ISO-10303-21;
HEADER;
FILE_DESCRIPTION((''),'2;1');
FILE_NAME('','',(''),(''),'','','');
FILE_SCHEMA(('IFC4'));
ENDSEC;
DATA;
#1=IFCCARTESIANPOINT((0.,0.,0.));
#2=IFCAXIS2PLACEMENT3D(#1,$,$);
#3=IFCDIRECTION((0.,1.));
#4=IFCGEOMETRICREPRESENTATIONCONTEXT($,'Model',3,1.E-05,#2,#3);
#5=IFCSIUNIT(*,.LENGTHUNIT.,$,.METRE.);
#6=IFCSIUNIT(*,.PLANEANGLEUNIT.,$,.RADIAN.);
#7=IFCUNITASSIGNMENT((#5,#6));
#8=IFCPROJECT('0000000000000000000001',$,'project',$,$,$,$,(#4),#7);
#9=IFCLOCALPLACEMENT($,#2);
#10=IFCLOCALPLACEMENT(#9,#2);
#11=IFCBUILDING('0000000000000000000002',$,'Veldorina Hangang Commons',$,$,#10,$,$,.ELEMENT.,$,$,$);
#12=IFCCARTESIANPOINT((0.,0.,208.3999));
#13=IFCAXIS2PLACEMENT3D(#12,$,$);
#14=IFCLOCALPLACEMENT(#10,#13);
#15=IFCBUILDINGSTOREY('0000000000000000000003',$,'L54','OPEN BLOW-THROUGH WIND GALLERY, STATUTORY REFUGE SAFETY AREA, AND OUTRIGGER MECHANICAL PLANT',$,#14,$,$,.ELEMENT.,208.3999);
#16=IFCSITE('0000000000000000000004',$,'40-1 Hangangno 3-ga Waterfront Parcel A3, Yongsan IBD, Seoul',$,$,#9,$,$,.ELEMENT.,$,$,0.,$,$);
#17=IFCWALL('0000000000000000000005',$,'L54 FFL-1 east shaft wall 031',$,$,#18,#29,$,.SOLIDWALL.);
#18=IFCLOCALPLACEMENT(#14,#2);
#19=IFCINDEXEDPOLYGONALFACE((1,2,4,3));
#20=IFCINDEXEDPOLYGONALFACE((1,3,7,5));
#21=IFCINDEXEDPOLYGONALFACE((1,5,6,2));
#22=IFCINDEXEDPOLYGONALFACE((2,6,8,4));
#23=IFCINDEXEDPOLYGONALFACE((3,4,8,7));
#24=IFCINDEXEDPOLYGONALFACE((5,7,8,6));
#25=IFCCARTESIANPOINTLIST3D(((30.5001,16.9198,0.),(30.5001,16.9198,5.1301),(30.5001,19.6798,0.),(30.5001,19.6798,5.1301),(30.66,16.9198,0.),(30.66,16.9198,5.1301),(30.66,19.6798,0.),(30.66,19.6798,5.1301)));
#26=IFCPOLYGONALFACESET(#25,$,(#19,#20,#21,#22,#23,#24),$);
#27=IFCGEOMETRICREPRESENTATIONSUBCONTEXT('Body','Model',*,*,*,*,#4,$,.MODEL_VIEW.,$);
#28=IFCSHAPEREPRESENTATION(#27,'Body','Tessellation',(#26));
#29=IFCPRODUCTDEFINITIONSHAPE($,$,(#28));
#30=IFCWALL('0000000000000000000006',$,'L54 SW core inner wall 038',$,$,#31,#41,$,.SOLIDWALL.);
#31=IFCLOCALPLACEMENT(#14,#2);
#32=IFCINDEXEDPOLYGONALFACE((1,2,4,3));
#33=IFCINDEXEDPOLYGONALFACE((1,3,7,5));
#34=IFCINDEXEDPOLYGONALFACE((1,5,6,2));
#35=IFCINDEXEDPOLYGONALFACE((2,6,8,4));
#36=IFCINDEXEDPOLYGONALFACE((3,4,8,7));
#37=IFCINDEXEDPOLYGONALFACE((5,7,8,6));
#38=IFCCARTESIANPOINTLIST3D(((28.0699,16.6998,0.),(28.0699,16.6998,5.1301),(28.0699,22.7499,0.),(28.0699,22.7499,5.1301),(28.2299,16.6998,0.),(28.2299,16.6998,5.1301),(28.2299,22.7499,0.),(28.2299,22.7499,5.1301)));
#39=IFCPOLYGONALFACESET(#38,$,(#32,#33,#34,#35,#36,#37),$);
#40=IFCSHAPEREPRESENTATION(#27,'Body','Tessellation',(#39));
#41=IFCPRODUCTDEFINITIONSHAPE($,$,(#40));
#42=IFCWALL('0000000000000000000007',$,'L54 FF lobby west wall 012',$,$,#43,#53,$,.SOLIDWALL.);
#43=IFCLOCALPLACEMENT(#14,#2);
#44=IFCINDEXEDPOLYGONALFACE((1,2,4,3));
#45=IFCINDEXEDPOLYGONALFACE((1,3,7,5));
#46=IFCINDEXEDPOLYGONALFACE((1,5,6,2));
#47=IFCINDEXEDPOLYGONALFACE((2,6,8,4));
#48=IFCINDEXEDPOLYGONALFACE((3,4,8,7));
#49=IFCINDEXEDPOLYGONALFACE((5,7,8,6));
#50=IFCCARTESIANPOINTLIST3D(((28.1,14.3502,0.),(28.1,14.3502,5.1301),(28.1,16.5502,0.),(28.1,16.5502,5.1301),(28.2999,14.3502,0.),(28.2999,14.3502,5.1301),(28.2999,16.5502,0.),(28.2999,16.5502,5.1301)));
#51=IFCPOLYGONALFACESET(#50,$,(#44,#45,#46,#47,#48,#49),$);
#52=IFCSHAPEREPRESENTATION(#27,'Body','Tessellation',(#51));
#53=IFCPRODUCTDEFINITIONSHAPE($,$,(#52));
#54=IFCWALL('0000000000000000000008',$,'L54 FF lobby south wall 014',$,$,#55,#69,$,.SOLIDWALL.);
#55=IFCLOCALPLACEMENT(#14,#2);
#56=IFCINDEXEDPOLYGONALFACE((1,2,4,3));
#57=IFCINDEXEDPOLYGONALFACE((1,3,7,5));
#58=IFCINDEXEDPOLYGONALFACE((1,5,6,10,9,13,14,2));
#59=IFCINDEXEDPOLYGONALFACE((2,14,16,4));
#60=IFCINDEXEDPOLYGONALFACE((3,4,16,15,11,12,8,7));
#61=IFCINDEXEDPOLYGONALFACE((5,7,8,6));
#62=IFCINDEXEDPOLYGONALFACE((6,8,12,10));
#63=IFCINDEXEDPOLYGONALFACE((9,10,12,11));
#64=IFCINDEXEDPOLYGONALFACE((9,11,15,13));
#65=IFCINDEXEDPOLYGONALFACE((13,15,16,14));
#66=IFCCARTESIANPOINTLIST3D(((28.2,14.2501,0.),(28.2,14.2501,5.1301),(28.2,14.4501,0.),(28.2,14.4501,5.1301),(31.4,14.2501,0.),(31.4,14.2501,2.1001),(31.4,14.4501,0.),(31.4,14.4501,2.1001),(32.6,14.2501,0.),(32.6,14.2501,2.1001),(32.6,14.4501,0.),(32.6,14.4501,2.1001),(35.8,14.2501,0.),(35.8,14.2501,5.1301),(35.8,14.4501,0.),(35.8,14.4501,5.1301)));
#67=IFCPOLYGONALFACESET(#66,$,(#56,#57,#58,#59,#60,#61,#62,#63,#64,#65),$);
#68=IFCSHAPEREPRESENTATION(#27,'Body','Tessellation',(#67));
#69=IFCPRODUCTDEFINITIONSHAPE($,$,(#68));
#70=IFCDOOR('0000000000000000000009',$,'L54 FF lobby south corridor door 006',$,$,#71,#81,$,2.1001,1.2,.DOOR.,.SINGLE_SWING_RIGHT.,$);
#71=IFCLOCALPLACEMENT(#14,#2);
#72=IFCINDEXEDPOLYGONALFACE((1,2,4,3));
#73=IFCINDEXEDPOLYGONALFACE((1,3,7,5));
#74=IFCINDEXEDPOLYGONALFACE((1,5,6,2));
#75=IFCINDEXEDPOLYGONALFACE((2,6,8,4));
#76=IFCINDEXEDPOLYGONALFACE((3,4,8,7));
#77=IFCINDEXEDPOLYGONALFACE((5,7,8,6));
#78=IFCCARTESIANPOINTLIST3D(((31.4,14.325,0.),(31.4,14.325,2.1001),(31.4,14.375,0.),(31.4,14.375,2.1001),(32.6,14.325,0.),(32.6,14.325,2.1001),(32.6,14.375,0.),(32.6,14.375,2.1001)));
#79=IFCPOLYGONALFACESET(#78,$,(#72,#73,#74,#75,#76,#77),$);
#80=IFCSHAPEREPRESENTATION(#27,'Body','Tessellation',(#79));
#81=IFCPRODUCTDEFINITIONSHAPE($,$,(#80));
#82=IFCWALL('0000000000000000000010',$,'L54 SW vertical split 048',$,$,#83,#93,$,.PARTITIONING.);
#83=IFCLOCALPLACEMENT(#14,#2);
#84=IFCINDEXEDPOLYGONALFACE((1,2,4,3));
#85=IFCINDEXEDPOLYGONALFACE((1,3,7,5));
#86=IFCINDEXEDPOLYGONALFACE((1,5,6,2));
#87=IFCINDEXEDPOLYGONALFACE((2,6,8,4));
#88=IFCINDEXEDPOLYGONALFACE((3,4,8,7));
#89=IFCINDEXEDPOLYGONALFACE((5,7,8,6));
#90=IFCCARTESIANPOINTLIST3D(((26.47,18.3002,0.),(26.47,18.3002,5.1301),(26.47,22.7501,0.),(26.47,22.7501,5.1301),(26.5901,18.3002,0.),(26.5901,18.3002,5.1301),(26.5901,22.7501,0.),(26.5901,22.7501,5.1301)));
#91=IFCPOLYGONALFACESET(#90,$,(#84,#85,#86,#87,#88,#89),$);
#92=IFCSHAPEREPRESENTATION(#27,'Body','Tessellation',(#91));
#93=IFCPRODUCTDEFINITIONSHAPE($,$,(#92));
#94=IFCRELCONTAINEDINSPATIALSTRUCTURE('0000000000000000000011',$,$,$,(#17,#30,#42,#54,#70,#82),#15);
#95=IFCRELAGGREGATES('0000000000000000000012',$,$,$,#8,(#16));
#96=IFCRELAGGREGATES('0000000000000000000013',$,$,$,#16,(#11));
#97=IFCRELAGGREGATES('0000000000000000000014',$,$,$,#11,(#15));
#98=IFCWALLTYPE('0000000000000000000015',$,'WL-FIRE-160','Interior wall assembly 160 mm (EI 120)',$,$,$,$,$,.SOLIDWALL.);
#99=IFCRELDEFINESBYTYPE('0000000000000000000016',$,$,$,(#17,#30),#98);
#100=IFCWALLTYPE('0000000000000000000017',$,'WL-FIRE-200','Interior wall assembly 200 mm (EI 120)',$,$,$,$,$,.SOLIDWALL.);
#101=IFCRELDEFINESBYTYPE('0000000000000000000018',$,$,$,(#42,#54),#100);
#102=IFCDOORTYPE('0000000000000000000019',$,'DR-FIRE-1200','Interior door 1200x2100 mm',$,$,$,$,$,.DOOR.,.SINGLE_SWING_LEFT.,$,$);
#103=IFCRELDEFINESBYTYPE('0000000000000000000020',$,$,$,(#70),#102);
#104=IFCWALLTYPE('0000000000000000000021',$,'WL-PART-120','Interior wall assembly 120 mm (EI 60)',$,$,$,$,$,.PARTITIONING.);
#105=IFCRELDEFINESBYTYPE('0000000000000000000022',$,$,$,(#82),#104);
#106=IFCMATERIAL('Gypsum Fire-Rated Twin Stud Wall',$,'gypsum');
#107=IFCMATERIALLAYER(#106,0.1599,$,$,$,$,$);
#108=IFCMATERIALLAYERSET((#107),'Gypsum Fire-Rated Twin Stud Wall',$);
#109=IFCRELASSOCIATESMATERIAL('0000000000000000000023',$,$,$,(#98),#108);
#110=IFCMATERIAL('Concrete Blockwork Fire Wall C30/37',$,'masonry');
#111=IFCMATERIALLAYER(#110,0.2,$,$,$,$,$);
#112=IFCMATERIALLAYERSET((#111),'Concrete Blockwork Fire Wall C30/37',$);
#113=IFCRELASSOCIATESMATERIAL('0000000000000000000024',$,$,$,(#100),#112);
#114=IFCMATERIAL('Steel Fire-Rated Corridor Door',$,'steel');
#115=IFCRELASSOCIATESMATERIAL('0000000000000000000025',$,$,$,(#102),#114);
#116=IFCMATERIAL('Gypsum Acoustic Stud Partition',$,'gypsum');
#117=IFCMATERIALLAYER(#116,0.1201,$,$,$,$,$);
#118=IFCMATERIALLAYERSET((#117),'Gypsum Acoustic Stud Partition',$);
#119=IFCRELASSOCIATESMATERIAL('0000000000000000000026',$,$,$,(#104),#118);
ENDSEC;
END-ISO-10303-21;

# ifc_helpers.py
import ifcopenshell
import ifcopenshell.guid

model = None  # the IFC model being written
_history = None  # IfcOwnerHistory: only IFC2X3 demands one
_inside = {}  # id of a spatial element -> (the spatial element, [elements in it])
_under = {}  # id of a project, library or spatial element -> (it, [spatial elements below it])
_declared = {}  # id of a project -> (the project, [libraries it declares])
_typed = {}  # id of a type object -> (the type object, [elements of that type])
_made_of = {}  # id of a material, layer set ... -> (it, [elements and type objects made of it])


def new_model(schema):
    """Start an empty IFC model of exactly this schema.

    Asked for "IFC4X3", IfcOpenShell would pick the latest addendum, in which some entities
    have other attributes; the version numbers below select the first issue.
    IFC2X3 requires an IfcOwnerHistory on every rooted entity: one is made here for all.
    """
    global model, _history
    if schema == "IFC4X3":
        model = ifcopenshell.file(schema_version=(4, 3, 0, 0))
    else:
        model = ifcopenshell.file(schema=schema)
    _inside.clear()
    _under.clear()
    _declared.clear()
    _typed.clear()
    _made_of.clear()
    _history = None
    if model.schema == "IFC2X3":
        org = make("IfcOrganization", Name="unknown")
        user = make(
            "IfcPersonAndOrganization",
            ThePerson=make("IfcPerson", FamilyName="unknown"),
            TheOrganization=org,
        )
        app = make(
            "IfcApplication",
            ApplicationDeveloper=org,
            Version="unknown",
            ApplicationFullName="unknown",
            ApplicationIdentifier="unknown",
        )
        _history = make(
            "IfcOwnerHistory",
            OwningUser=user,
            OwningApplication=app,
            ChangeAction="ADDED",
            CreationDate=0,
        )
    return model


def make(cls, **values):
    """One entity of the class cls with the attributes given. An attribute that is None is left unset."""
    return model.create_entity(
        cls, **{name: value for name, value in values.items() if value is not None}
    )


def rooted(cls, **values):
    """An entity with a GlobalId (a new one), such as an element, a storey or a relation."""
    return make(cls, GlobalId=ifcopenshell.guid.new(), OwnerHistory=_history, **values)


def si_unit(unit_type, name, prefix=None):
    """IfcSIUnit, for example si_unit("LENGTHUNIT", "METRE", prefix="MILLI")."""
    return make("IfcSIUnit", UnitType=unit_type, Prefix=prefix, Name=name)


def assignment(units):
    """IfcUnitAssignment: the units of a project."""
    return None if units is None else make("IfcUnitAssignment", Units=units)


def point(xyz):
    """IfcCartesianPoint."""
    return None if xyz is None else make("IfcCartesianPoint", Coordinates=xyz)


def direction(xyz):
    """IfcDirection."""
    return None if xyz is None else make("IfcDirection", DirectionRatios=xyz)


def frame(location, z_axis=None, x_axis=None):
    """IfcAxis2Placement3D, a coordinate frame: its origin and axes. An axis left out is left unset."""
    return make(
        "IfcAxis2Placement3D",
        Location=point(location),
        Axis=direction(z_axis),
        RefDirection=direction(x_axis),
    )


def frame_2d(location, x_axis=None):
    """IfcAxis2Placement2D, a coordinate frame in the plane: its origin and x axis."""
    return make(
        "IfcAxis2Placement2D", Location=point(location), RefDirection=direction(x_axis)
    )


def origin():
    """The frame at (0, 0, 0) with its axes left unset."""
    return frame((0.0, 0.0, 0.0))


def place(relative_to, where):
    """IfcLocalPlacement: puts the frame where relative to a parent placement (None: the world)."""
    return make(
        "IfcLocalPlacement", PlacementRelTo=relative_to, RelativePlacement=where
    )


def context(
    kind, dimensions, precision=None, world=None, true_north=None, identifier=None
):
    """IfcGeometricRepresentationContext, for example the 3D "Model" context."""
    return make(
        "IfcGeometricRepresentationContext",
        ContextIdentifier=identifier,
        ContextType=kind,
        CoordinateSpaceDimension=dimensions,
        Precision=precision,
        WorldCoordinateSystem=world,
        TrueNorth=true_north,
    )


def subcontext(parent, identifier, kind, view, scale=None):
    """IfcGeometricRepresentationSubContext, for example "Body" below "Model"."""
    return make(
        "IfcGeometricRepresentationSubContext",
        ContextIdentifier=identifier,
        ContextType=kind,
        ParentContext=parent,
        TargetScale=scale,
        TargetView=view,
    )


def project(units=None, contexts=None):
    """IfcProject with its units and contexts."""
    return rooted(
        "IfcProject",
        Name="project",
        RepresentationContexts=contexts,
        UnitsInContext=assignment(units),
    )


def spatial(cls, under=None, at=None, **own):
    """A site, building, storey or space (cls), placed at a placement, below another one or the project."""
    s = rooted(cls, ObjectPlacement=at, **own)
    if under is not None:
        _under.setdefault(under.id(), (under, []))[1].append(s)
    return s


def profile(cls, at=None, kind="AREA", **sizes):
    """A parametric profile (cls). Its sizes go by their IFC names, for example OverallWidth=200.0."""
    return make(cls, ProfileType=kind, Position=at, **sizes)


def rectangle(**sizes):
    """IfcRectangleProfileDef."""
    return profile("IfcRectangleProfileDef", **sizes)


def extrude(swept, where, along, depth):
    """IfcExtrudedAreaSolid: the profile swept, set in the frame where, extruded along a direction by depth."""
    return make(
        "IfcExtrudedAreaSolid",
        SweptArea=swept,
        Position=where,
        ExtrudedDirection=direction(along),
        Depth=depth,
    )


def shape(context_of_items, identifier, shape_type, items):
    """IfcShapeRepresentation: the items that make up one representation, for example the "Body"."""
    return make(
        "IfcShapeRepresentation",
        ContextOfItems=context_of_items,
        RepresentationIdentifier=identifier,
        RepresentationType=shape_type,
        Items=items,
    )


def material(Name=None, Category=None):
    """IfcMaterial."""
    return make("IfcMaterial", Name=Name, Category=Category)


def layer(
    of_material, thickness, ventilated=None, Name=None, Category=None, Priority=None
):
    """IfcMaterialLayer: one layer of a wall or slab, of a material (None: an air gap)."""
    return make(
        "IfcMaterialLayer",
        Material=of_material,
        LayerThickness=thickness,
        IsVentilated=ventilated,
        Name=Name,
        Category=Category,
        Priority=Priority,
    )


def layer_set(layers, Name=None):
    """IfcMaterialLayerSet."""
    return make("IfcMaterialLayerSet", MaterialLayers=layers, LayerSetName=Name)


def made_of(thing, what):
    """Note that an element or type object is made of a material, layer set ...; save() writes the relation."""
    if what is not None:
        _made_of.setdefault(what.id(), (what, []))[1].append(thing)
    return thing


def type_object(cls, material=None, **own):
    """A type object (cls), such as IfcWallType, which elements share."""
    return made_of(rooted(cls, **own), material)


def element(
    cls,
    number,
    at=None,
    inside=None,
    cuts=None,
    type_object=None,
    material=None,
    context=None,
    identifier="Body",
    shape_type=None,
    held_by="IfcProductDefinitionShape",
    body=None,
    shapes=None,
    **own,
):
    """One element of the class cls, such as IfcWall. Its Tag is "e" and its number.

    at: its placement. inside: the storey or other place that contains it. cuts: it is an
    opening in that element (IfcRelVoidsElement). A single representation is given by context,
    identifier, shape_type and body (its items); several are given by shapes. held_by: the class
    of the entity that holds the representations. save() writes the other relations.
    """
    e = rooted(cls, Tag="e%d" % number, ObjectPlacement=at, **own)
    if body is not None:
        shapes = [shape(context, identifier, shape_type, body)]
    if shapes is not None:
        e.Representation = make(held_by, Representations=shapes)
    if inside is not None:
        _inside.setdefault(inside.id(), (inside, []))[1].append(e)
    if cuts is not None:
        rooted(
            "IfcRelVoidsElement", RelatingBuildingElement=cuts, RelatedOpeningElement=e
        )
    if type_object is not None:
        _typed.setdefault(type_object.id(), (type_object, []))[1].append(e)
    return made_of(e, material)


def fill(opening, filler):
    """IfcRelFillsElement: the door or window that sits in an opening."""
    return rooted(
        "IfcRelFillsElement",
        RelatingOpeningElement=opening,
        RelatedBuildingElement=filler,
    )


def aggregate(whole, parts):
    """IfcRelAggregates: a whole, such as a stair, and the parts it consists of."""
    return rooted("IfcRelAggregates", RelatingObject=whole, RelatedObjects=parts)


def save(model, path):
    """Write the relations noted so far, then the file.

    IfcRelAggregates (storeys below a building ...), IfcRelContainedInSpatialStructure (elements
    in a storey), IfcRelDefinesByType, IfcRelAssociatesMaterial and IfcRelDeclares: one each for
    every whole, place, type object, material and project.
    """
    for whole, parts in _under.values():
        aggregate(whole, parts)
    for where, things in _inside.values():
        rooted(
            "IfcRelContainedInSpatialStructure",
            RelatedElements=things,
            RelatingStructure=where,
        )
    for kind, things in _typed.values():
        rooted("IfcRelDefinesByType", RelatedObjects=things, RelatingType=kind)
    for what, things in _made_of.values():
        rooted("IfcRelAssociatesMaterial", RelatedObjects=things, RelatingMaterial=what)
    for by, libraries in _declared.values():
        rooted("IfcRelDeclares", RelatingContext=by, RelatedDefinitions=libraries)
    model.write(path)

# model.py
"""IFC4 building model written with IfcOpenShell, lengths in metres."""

from ifc_helpers import new_model, si_unit, direction, frame, frame_2d, origin, place, context, subcontext, project, spatial, rectangle, extrude, material, layer, layer_set, type_object, element, fill, save


model = new_model("IFC4")

# Units and contexts
model_context = context("Model", 3, precision=1e-05, world=origin(), true_north=direction((0.0, 1.0)))
body_context = subcontext(model_context, "Body", "Model", "MODEL_VIEW")
ifc_project = project(units=[si_unit("LENGTHUNIT", "METRE"), si_unit("PLANEANGLEUNIT", "RADIAN")], contexts=[model_context])

# Site, building, storey
site_placement = place(None, origin())
site = spatial("IfcSite", under=ifc_project, at=site_placement, Name="40-1 Hangangno 3-ga Waterfront Parcel A3, Yongsan IBD, Seoul", CompositionType="ELEMENT", RefElevation=0.0)
building_placement = place(site_placement, origin())
building = spatial("IfcBuilding", under=site, at=building_placement, Name="Veldorina Hangang Commons", CompositionType="ELEMENT")
storey_placement = place(building_placement, frame((0.0, 0.0, 208.3999)))
storey = spatial("IfcBuildingStorey", under=building, at=storey_placement, Name="L54", Description="OPEN BLOW-THROUGH WIND GALLERY, STATUTORY REFUGE SAFETY AREA, AND OUTRIGGER MECHANICAL PLANT", CompositionType="ELEMENT", Elevation=208.3999)

# Shared definitions
ifc_material_1 = material(Name="Gypsum Fire-Rated Twin Stud Wall", Category="gypsum")
ifc_layer_1 = layer(ifc_material_1, 0.1599)
ifc_layer_set_1 = layer_set([ifc_layer_1], Name="Gypsum Fire-Rated Twin Stud Wall")
wall_type_1 = type_object("IfcWallType", Name="WL-FIRE-160", Description="Interior wall assembly 160 mm (EI 120)", PredefinedType="SOLIDWALL", material=ifc_layer_set_1)

# Walls
for number, where, z_axis, x_axis, name in (
    (1, (30.5801, 16.9199, 0.0), (0.0, 0.0, 1.0), (0.0, 1.0, 0.0), "L54 FFL-1 east shaft wall 031"),
):
    element("IfcWall", number, at=place(storey_placement, frame(where, z_axis=z_axis, x_axis=x_axis)), inside=storey, type_object=wall_type_1, Name=name, PredefinedType="SOLIDWALL", context=body_context, shape_type="SweptSolid", body=[
        extrude(rectangle(XDim=2.76, YDim=0.1599, at=frame_2d((1.3799, 0.0))), origin(), (0.0, 0.0, 1.0), 5.1301),
    ])
wall_1_placement = place(storey_placement, frame((28.1499, 16.7, 0.0), z_axis=(0.0, 0.0, 1.0), x_axis=(0.0, 1.0, 0.0)))
element("IfcWall", 2, at=wall_1_placement, inside=storey, type_object=wall_type_1, Name="L54 SW core inner wall 038", PredefinedType="SOLIDWALL", context=body_context, shape_type="SweptSolid", body=[
    extrude(rectangle(XDim=6.05, YDim=0.1599, at=frame_2d((3.0249, 0.0))), origin(), (0.0, 0.0, 1.0), 5.1301),
])
ifc_material_2 = material(Name="Concrete Blockwork Fire Wall C30/37", Category="masonry")
ifc_layer_2 = layer(ifc_material_2, 0.2)
ifc_layer_set_2 = layer_set([ifc_layer_2], Name="Concrete Blockwork Fire Wall C30/37")
wall_type_2 = type_object("IfcWallType", Name="WL-FIRE-200", Description="Interior wall assembly 200 mm (EI 120)", PredefinedType="SOLIDWALL", material=ifc_layer_set_2)
wall_2_placement = place(storey_placement, frame((28.2, 14.3501, 0.0), z_axis=(0.0, 0.0, 1.0), x_axis=(0.0, 1.0, 0.0)))
element("IfcWall", 3, at=wall_2_placement, inside=storey, type_object=wall_type_2, Name="L54 FF lobby west wall 012", PredefinedType="SOLIDWALL", context=body_context, shape_type="SweptSolid", body=[
    extrude(rectangle(XDim=2.2, YDim=0.2, at=frame_2d((1.1001, 0.0))), origin(), (0.0, 0.0, 1.0), 5.1301),
])

# Wall, opening, door
wall_3_placement = place(storey_placement, frame((28.2, 14.3501, 0.0), z_axis=(0.0, 0.0, 1.0), x_axis=(1.0, 0.0, 0.0)))
wall_3 = element("IfcWall", 4, at=wall_3_placement, inside=storey, type_object=wall_type_2, Name="L54 FF lobby south wall 014", PredefinedType="SOLIDWALL", context=body_context, shape_type="SweptSolid", body=[
    extrude(rectangle(XDim=7.6001, YDim=0.2, at=frame_2d((3.8, 0.0))), origin(), (0.0, 0.0, 1.0), 5.1301),
])
opening_1_placement = place(wall_3_placement, frame((3.2, 0.0, 0.0)))
opening_1 = element("IfcOpeningElement", 5, at=opening_1_placement, cuts=wall_3, PredefinedType="OPENING", context=body_context, shape_type="SweptSolid", body=[
    extrude(rectangle(XDim=1.2, YDim=2.1001, at=frame_2d((0.6001, 1.05))), frame((0.0, 0.1099, 0.0), z_axis=(0.0, -1.0, 0.0), x_axis=(1.0, 0.0, 0.0)), (0.0, 0.0, 1.0), 0.22),
])
ifc_material_3 = material(Name="Steel Fire-Rated Corridor Door", Category="steel")
door_type_1 = type_object("IfcDoorType", Name="DR-FIRE-1200", Description="Interior door 1200x2100 mm", OperationType="SINGLE_SWING_LEFT", PredefinedType="DOOR", material=ifc_material_3)
door_1_placement = place(opening_1_placement, origin())
door_1 = element("IfcDoor", 6, at=door_1_placement, inside=storey, type_object=door_type_1, Name="L54 FF lobby south corridor door 006", OperationType="SINGLE_SWING_RIGHT", OverallHeight=2.1001, OverallWidth=1.2, PredefinedType="DOOR", context=body_context, shape_type="SweptSolid", body=[
    extrude(rectangle(XDim=1.2, YDim=2.1001, at=frame_2d((0.6001, 1.05))), frame((0.0, 0.0249, 0.0), z_axis=(0.0, -1.0, 0.0), x_axis=(1.0, 0.0, 0.0)), (0.0, 0.0, 1.0), 0.05),
])
fill(opening_1, door_1)

# Wall
ifc_material_4 = material(Name="Gypsum Acoustic Stud Partition", Category="gypsum")
ifc_layer_3 = layer(ifc_material_4, 0.1201)
ifc_layer_set_3 = layer_set([ifc_layer_3], Name="Gypsum Acoustic Stud Partition")
wall_type_3 = type_object("IfcWallType", Name="WL-PART-120", Description="Interior wall assembly 120 mm (EI 60)", PredefinedType="PARTITIONING", material=ifc_layer_set_3)
wall_4_placement = place(storey_placement, frame((26.53, 18.3, 0.0), z_axis=(0.0, 0.0, 1.0), x_axis=(0.0, 1.0, 0.0)))
element("IfcWall", 7, at=wall_4_placement, inside=storey, type_object=wall_type_3, Name="L54 SW vertical split 048", PredefinedType="PARTITIONING", context=body_context, shape_type="SweptSolid", body=[
    extrude(rectangle(XDim=4.45, YDim=0.1201, at=frame_2d((2.2251, 0.0))), origin(), (0.0, 0.0, 1.0), 5.1301),
])

save(model, "model.ifc")
